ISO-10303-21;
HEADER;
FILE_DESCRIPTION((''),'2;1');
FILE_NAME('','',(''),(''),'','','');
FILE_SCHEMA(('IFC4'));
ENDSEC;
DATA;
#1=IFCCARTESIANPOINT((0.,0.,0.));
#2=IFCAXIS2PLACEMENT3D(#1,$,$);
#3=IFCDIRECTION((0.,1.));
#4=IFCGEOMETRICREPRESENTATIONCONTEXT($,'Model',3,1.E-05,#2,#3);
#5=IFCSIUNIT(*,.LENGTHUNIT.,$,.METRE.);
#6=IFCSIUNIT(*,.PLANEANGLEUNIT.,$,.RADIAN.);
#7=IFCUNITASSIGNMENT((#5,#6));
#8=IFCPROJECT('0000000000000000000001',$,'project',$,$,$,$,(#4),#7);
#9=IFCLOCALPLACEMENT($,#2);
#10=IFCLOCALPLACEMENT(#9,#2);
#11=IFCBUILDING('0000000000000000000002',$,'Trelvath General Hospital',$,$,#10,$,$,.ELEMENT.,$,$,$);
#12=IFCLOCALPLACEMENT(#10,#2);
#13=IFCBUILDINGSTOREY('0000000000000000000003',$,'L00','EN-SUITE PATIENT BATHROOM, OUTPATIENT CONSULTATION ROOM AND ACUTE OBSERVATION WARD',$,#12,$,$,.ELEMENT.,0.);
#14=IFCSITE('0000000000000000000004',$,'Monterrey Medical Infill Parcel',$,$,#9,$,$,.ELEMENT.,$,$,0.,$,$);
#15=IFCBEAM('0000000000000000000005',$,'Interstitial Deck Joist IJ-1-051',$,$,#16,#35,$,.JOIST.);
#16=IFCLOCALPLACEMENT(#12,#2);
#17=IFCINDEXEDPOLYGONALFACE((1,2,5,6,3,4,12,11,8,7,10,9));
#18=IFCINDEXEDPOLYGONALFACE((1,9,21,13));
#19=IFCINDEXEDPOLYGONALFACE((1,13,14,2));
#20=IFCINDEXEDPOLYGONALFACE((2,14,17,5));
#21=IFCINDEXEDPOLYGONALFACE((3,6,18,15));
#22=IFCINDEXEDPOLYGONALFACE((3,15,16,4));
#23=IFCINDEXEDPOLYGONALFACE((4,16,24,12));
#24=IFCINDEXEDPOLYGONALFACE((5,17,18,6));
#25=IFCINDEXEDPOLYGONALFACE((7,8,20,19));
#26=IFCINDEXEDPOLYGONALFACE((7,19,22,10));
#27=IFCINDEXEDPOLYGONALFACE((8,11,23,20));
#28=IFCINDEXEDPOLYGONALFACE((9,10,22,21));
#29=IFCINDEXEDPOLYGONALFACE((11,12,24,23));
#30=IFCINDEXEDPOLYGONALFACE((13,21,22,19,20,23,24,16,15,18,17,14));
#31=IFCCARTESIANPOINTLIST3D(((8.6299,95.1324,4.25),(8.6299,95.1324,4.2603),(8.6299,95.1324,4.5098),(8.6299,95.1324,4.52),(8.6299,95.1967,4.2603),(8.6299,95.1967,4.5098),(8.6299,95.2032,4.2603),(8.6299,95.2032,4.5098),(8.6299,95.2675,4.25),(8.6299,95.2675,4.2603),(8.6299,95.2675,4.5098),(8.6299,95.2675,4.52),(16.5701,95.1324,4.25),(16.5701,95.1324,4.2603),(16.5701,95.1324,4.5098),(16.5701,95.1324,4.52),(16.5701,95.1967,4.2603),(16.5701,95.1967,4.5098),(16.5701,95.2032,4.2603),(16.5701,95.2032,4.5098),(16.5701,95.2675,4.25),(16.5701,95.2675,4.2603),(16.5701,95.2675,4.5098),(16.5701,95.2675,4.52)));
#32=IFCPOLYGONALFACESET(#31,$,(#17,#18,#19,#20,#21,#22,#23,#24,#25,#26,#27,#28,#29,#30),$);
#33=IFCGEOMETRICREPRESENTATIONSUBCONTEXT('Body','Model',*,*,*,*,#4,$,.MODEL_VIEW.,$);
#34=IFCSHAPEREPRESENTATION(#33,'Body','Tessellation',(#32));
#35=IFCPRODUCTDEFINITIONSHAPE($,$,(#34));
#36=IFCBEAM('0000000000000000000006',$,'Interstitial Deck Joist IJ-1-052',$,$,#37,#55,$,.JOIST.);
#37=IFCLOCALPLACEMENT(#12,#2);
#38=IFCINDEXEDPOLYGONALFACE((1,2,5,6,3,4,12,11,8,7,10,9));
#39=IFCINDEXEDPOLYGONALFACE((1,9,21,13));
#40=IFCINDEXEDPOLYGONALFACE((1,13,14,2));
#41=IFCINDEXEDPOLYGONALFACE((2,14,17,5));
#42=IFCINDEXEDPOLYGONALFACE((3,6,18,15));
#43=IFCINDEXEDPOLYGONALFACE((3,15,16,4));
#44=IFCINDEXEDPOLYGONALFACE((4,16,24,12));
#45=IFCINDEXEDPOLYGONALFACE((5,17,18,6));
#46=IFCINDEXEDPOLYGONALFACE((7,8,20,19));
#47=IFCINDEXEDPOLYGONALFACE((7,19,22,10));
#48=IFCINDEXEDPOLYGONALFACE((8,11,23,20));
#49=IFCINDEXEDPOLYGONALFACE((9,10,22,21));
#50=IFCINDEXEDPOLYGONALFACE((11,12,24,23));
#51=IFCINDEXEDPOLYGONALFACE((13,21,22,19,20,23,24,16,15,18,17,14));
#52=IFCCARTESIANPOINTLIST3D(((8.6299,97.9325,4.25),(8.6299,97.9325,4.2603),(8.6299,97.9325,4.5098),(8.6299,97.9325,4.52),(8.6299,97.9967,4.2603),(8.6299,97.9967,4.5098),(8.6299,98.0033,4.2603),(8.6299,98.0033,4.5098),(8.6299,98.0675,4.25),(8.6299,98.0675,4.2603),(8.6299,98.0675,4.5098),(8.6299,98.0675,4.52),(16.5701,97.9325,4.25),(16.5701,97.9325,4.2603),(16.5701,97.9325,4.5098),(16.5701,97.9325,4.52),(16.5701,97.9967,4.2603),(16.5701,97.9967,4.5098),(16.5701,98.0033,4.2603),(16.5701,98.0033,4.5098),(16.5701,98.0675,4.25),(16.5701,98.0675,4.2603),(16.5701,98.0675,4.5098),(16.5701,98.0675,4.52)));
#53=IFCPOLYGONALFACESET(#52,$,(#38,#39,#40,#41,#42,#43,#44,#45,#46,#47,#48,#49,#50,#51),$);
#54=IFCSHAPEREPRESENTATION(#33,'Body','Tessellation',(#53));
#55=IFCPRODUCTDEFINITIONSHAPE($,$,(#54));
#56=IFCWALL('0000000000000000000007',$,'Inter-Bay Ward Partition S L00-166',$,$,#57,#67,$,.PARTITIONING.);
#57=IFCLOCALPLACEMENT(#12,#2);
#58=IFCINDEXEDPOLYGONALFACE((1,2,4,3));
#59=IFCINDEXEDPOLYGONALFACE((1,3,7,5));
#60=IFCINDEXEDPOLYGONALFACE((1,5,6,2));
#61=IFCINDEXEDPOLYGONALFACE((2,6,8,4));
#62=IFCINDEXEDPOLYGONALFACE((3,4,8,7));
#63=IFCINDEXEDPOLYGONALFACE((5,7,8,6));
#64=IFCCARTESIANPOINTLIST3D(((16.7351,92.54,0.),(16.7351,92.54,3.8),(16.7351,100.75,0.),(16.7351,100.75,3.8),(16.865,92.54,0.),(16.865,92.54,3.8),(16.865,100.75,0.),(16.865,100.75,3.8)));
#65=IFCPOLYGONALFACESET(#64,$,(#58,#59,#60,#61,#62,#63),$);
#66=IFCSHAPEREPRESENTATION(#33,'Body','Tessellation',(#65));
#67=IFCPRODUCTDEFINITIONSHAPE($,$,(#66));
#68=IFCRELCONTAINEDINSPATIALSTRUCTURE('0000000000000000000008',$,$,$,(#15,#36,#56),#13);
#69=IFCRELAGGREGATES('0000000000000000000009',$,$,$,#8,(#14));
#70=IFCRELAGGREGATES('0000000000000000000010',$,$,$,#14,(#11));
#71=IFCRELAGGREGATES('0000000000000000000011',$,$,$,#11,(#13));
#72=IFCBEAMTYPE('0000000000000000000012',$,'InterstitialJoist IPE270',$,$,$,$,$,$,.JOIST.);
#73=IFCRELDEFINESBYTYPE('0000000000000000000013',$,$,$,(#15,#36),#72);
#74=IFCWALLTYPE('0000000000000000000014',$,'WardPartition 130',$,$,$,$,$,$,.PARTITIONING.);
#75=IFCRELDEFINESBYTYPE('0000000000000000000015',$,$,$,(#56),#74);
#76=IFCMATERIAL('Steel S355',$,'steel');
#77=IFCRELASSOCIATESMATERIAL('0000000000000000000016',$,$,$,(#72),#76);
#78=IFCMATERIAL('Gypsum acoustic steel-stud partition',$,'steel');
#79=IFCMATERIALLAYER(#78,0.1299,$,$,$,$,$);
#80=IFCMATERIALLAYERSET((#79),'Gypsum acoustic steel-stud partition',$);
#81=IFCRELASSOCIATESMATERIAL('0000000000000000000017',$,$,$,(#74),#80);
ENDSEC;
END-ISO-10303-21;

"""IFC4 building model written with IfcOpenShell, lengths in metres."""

from ifc_helpers import new_model, si_unit, direction, frame, frame_2d, origin, origin_2d, place, context, subcontext, project, spatial, rectangle, i_section, extrude, material, layer, layer_set, material_profile, profile_set, type_object, element, save


model = new_model("IFC4")

# Units and contexts
model_context = context("Model", 3, precision=1e-05, world=origin(), true_north=direction((0.0, 1.0)))
body_context = subcontext(model_context, "Body", "Model", "MODEL_VIEW")
ifc_project = project(units=[si_unit("LENGTHUNIT", "METRE"), si_unit("PLANEANGLEUNIT", "RADIAN")], contexts=[model_context])

# Site, building, storey
site_placement = place(None, origin())
site = spatial("IfcSite", under=ifc_project, at=site_placement, Name="Monterrey Medical Infill Parcel", CompositionType="ELEMENT", RefElevation=0.0)
building_placement = place(site_placement, origin())
building = spatial("IfcBuilding", under=site, at=building_placement, Name="Trelvath General Hospital", CompositionType="ELEMENT")
storey_placement = place(building_placement, origin())
storey = spatial("IfcBuildingStorey", under=building, at=storey_placement, Name="L00", Description="EN-SUITE PATIENT BATHROOM, OUTPATIENT CONSULTATION ROOM AND ACUTE OBSERVATION WARD", CompositionType="ELEMENT", Elevation=0.0)

# Beams
ifc_material_1 = material(Name="Steel S355", Category="steel")
ifc_material_profile_1 = material_profile(ifc_material_1, i_section(OverallWidth=0.135, OverallDepth=0.27, WebThickness=0.0066, FlangeThickness=0.0103, at=origin_2d()), Name="IPE270")
ifc_profile_set_1 = profile_set([ifc_material_profile_1], Name="Steel S355")
beam_type_1 = type_object("IfcBeamType", Name="InterstitialJoist IPE270", PredefinedType="JOIST", material=ifc_profile_set_1)
for number, where, z_axis, x_axis, name in (
    (1, (8.6299, 95.2, 4.385), (1.0, 0.0, 0.0), (0.0, 1.0, 0.0), "Interstitial Deck Joist IJ-1-051"),
    (2, (8.6299, 98.0, 4.385), (1.0, 0.0, 0.0), (0.0, 1.0, 0.0), "Interstitial Deck Joist IJ-1-052"),
):
    element("IfcBeam", number, at=place(storey_placement, frame(where, z_axis=z_axis, x_axis=x_axis)), inside=storey, type_object=beam_type_1, Name=name, PredefinedType="JOIST", context=body_context, shape_type="SweptSolid", body=[
        extrude(i_section(OverallWidth=0.135, OverallDepth=0.27, WebThickness=0.0066, FlangeThickness=0.0103, at=origin_2d()), origin(), (0.0, 0.0, 1.0), 7.9402),
    ])

# Wall
ifc_material_2 = material(Name="Gypsum acoustic steel-stud partition", Category="steel")
ifc_layer_1 = layer(ifc_material_2, 0.1299)
ifc_layer_set_1 = layer_set([ifc_layer_1], Name="Gypsum acoustic steel-stud partition")
wall_type = type_object("IfcWallType", Name="WardPartition 130", PredefinedType="PARTITIONING", material=ifc_layer_set_1)
wall_placement = place(storey_placement, frame((16.8, 92.54, 0.0), z_axis=(0.0, 0.0, 1.0), x_axis=(0.0, 1.0, 0.0)))
element("IfcWall", 3, at=wall_placement, inside=storey, type_object=wall_type, Name="Inter-Bay Ward Partition S L00-166", PredefinedType="PARTITIONING", context=body_context, shape_type="SweptSolid", body=[
    extrude(rectangle(XDim=8.21, YDim=0.1299, at=frame_2d((4.105, 0.0))), origin(), (0.0, 0.0, 1.0), 3.8),
])

save(model, "model.ifc")
